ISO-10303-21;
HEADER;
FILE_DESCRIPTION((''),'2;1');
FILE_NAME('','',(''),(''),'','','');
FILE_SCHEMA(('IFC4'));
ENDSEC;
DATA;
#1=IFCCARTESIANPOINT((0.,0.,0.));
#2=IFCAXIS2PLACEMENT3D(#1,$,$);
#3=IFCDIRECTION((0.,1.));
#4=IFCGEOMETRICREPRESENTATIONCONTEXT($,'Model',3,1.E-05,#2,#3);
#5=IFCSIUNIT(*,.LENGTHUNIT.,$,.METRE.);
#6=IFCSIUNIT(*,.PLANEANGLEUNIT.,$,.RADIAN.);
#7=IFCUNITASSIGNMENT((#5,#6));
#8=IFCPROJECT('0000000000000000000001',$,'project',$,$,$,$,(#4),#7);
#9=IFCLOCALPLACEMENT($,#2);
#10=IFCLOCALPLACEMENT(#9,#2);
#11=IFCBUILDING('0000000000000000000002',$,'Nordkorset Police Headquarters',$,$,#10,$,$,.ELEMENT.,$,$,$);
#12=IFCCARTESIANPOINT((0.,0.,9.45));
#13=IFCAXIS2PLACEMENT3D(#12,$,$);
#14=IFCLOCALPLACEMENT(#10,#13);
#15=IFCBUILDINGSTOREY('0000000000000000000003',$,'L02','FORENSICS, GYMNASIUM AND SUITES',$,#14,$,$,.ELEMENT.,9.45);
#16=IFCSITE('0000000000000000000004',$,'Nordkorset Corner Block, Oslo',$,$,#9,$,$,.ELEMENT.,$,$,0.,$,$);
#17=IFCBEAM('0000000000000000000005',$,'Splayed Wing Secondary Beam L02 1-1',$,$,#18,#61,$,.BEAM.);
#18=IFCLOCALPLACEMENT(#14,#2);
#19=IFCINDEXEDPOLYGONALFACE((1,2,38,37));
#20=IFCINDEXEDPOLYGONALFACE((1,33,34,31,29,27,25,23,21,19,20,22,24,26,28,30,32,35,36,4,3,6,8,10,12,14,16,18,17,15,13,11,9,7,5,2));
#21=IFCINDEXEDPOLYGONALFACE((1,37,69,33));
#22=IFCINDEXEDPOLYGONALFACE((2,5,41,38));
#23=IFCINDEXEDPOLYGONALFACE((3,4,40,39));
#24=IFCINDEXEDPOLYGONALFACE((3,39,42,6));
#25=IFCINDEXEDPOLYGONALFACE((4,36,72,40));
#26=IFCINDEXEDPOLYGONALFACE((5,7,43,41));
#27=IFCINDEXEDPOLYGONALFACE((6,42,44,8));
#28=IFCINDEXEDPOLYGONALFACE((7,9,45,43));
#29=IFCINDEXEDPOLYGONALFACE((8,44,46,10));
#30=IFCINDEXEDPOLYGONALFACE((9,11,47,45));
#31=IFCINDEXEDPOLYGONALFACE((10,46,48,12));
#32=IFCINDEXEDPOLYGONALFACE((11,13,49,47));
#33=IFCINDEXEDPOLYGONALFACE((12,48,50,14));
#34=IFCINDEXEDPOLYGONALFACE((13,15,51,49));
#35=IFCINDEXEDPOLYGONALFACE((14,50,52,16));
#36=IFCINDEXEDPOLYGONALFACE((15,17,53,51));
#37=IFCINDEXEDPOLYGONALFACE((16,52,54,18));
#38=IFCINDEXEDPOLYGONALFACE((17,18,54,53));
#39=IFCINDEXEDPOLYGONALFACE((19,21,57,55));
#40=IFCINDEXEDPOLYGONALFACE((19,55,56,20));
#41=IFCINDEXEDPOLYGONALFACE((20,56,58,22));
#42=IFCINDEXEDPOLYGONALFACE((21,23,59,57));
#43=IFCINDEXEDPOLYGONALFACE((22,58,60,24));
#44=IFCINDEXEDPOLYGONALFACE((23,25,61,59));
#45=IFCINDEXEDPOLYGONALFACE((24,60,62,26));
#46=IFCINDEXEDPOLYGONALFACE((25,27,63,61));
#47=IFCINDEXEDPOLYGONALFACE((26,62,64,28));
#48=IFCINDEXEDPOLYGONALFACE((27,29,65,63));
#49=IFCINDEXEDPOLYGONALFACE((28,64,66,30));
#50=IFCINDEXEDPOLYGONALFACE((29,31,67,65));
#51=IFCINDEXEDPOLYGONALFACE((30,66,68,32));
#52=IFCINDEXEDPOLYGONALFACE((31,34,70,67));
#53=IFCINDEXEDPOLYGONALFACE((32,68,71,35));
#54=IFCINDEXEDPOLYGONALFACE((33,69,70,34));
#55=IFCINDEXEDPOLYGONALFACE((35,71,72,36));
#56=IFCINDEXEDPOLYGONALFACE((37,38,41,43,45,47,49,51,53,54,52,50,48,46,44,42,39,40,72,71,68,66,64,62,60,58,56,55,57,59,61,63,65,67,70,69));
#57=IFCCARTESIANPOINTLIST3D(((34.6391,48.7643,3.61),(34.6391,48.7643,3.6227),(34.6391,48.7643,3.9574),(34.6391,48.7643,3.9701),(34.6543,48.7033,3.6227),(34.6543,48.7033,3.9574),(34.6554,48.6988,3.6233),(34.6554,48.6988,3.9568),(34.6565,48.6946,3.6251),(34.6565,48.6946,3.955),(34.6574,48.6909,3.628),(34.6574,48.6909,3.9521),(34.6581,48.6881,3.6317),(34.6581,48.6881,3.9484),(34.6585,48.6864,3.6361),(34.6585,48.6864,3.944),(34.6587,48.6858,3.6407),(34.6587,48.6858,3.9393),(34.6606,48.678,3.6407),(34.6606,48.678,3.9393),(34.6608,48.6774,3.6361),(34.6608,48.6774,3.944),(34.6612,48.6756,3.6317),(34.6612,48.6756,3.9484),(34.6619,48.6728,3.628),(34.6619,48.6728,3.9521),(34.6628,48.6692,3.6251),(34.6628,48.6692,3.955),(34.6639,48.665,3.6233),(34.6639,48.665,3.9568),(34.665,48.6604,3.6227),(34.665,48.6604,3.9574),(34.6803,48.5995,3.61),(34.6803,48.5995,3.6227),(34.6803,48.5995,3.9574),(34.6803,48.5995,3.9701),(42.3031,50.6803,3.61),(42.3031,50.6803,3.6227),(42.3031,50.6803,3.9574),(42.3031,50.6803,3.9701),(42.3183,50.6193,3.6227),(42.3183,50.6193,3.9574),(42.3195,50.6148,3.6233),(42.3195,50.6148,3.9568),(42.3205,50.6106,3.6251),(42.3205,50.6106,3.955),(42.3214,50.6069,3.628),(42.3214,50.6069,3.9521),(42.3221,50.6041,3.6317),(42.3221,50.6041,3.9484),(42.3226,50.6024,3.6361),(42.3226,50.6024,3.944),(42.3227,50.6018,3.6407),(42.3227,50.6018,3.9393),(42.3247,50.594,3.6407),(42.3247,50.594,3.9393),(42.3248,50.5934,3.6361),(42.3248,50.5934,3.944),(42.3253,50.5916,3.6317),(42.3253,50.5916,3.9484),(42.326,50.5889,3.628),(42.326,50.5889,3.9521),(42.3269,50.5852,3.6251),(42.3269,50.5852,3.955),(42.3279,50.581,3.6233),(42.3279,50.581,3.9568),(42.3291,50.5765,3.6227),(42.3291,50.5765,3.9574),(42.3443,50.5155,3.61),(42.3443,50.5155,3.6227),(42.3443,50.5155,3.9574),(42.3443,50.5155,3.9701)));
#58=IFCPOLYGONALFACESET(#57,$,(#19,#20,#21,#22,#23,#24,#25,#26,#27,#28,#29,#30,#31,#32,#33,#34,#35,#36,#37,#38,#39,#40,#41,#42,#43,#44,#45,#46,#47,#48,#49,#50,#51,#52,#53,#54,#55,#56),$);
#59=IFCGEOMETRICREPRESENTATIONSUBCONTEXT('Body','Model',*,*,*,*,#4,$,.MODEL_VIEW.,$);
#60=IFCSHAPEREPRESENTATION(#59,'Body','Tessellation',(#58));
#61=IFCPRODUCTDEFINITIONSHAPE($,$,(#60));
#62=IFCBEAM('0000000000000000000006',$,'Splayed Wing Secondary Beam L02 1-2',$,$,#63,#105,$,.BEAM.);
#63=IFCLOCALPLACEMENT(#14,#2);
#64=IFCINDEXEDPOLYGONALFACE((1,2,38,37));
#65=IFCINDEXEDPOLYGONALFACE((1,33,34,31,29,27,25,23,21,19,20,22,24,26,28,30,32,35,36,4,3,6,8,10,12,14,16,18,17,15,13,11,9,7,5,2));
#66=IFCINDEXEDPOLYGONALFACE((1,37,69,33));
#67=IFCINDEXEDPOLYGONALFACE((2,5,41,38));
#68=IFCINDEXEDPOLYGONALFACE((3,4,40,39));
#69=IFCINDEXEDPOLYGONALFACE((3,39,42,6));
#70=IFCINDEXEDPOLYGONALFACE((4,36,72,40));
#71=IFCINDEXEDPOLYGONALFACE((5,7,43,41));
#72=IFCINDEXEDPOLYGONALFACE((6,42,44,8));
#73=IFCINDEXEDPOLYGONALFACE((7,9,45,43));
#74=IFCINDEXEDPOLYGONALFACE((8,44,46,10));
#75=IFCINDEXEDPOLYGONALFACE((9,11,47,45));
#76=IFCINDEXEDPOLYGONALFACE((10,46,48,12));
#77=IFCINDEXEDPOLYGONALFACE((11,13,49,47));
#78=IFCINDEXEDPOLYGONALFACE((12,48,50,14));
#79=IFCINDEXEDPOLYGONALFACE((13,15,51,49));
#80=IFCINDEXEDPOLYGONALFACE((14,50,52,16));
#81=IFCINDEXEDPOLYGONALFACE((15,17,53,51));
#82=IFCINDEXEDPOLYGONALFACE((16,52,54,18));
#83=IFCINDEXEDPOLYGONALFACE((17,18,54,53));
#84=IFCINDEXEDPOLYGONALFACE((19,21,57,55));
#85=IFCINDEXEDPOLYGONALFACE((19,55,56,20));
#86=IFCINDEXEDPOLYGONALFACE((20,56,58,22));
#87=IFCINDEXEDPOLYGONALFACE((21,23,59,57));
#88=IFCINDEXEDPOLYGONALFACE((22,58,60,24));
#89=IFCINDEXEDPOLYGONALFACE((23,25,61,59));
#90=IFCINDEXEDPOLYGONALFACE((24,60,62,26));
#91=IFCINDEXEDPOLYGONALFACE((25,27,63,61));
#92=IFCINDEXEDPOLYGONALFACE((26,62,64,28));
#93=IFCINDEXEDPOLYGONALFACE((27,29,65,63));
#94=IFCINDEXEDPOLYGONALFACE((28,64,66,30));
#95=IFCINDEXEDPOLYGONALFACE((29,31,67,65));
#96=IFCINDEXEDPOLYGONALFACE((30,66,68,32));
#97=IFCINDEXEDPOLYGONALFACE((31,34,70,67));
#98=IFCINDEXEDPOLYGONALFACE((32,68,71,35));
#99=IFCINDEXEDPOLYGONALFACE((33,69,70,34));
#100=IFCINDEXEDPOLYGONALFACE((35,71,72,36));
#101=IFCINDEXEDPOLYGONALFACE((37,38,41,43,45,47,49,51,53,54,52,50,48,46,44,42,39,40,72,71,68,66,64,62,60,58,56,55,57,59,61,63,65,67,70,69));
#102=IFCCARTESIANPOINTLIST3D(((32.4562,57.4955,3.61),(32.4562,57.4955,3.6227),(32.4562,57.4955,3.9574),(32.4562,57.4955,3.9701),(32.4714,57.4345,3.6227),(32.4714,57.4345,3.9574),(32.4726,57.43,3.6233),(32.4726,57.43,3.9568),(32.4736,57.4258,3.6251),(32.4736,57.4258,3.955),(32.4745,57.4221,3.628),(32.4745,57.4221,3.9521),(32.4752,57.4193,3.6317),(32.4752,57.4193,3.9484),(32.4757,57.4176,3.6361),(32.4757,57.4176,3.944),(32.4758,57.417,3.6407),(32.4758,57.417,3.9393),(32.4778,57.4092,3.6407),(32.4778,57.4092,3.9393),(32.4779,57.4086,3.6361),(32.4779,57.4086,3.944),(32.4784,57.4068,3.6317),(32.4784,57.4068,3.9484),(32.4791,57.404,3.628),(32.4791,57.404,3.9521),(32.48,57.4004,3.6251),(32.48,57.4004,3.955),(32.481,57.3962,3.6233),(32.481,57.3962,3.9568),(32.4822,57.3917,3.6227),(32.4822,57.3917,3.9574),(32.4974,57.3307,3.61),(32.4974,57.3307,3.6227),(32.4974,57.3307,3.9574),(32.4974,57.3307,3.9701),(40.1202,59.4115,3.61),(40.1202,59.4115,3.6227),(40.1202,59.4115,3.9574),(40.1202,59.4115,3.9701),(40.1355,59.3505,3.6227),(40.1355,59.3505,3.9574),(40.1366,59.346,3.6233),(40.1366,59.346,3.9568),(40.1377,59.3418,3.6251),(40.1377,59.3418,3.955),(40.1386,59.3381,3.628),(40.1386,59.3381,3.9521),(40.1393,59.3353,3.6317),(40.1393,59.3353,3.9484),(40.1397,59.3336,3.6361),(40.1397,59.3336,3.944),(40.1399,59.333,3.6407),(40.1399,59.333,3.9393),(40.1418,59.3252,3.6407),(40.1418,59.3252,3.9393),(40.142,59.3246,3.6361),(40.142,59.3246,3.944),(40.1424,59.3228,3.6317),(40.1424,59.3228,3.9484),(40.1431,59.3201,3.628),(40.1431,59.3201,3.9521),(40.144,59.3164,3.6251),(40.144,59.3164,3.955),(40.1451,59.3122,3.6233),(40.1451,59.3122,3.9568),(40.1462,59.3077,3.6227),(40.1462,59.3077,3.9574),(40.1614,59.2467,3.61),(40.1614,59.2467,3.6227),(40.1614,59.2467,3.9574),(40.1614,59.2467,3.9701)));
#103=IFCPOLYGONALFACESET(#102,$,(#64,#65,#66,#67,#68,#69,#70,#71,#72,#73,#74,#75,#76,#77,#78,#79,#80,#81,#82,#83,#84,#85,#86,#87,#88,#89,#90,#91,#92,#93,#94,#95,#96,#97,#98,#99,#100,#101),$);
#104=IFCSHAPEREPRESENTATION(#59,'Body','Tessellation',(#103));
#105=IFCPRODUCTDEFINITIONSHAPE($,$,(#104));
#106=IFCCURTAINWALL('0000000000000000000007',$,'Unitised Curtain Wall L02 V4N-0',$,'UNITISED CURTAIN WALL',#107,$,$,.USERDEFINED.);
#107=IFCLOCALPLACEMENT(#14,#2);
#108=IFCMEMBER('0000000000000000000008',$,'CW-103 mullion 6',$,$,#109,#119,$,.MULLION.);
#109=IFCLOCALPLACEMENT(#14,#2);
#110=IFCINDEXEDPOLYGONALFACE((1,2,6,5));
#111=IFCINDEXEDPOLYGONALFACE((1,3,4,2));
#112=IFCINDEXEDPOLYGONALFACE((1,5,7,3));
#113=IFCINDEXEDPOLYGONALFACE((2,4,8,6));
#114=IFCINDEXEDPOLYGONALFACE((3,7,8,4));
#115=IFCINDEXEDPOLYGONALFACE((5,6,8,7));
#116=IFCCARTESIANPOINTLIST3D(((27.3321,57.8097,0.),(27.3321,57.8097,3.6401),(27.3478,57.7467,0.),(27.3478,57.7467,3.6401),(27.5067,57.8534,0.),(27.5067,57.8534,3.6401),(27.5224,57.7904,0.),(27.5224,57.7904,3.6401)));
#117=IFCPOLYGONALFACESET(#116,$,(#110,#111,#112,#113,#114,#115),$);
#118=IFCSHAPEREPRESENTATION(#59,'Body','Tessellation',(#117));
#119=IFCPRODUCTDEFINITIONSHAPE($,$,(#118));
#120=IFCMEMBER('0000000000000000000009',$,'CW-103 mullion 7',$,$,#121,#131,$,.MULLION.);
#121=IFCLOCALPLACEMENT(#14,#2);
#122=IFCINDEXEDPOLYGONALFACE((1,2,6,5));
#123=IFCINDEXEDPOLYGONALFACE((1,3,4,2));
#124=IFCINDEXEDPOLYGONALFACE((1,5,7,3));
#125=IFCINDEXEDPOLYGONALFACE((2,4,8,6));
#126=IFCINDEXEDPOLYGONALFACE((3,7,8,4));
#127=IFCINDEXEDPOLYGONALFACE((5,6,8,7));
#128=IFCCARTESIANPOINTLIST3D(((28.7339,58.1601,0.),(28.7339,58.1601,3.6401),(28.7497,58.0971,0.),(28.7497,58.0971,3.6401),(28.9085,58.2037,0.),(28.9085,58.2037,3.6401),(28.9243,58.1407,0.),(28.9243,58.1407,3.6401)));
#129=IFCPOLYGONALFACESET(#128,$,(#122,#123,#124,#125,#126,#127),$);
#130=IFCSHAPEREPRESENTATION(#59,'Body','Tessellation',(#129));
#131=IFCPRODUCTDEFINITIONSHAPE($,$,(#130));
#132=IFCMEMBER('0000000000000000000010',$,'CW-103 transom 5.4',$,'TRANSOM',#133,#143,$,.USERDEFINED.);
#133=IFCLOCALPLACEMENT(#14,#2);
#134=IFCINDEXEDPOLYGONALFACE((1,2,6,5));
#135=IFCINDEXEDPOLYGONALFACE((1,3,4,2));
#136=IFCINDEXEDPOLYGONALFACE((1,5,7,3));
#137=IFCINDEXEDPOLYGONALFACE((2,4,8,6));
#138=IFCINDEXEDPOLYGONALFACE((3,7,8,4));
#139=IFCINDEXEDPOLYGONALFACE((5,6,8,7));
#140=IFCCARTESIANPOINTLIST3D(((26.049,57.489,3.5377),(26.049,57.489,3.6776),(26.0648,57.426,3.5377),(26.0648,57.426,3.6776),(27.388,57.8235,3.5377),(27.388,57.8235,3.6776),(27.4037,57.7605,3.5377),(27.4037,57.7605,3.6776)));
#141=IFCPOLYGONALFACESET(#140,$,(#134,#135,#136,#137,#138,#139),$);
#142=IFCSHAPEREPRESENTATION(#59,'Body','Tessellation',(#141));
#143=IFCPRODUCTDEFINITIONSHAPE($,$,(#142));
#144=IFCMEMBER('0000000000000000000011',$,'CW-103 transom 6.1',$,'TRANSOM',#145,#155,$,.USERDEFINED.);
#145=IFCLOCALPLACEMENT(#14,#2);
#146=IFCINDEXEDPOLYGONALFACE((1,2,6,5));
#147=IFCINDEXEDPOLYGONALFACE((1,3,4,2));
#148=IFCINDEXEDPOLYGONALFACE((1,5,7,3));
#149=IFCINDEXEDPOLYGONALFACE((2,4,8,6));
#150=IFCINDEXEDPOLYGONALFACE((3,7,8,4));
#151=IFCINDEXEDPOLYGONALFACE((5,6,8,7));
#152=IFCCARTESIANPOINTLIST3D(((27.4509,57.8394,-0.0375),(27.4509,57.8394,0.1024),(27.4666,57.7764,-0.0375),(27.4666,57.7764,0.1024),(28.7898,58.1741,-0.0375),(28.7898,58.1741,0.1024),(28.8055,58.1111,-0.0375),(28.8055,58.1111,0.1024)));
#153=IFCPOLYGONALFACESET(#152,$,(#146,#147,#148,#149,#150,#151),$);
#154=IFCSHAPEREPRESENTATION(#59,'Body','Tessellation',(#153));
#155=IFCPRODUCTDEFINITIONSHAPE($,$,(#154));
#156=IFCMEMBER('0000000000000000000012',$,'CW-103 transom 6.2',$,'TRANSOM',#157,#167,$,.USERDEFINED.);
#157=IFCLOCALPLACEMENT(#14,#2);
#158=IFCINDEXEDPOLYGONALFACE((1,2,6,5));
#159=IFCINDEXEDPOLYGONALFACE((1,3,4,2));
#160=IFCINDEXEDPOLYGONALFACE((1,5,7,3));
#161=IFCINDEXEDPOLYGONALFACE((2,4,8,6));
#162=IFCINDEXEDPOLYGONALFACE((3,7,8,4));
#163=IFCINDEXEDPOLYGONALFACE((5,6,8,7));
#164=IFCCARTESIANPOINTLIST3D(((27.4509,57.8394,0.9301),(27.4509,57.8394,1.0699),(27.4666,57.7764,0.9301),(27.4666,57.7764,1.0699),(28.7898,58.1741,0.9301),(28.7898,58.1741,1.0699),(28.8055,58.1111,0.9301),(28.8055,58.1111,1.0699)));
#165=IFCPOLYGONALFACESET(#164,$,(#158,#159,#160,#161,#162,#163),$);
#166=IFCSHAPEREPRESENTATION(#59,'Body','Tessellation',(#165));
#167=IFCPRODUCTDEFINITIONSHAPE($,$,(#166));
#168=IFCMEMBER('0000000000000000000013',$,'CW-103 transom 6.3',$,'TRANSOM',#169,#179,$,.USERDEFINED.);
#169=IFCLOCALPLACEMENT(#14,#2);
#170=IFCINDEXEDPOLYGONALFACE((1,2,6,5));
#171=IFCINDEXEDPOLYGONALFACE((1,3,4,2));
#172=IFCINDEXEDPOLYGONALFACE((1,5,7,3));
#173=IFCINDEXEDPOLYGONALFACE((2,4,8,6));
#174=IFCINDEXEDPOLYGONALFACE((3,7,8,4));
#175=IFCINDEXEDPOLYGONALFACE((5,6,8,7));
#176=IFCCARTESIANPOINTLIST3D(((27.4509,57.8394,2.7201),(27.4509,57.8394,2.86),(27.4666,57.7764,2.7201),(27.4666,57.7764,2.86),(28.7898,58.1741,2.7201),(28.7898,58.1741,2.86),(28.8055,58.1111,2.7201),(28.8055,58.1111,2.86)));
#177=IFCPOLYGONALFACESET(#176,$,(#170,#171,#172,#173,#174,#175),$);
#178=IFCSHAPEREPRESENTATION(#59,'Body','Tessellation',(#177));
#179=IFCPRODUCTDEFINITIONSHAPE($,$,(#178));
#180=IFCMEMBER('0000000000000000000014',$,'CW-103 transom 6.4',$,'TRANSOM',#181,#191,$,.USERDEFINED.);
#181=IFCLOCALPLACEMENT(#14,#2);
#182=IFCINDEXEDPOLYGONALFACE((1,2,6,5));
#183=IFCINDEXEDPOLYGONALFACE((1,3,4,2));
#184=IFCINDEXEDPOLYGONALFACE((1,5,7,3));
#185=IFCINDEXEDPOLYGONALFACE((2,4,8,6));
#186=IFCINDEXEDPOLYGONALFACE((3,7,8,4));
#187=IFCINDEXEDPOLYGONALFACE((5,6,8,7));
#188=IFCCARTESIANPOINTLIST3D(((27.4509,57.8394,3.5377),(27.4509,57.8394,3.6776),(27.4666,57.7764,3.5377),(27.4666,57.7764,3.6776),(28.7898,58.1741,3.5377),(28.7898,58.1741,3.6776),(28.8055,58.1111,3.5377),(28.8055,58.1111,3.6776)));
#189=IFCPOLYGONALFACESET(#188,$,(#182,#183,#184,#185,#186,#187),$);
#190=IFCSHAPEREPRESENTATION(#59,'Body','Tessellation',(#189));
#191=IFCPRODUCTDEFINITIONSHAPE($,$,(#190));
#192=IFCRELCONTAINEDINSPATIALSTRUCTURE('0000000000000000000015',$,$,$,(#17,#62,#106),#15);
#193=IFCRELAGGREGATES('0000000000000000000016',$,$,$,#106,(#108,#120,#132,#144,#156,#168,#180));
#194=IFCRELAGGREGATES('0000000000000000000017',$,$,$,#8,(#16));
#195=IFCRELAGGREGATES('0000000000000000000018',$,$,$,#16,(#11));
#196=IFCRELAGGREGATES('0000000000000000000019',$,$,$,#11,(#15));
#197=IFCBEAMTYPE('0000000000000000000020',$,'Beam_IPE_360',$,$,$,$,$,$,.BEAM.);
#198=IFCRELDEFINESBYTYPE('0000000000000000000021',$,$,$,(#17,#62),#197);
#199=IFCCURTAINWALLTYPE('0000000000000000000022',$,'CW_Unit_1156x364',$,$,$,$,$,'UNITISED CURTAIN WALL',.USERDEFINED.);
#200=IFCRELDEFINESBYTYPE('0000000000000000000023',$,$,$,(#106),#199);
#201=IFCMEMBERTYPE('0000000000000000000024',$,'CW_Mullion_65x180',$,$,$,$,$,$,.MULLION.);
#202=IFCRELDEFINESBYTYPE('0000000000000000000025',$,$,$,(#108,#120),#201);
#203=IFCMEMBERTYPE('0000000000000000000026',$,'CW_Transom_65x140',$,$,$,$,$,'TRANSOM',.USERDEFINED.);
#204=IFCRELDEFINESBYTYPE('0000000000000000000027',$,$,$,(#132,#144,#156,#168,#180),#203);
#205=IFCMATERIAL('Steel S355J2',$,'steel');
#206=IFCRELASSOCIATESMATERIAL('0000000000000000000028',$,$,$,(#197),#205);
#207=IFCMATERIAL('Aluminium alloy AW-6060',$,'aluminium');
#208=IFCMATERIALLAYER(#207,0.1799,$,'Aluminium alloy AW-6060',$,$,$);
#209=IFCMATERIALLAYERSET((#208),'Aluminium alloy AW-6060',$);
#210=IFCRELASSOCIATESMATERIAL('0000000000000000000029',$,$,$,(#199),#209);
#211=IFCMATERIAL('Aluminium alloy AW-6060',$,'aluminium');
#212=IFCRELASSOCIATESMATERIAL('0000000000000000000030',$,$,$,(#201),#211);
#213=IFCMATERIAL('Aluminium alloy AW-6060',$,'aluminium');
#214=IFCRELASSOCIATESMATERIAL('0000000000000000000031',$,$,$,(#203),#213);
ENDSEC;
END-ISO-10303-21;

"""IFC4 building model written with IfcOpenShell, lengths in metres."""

from ifc_helpers import new_model, si_unit, direction, frame, origin, origin_2d, place, context, subcontext, project, spatial, rectangle, i_section, extrude, material, layer, layer_set, material_profile, profile_set, type_object, element, aggregate, save


model = new_model("IFC4")

# Units and contexts
model_context = context("Model", 3, precision=1e-05, world=origin(), true_north=direction((0.0, 1.0)))
body_context = subcontext(model_context, "Body", "Model", "MODEL_VIEW")
ifc_project = project(units=[si_unit("LENGTHUNIT", "METRE"), si_unit("PLANEANGLEUNIT", "RADIAN")], contexts=[model_context])

# Site, building, storey
site_placement = place(None, origin())
site = spatial("IfcSite", under=ifc_project, at=site_placement, Name="Nordkorset Corner Block, Oslo", CompositionType="ELEMENT", RefElevation=0.0)
building_placement = place(site_placement, origin())
building = spatial("IfcBuilding", under=site, at=building_placement, Name="Nordkorset Police Headquarters", CompositionType="ELEMENT")
storey_placement = place(building_placement, frame((0.0, 0.0, 9.45)))
storey = spatial("IfcBuildingStorey", under=building, at=storey_placement, Name="L02", Description="FORENSICS, GYMNASIUM AND SUITES", CompositionType="ELEMENT", Elevation=9.45)

# Beams
ifc_material_1 = material(Name="Steel S355J2", Category="steel")
ifc_material_profile_1 = material_profile(ifc_material_1, i_section(OverallWidth=0.1699, OverallDepth=0.3601, WebThickness=0.0081, FlangeThickness=0.0127, FilletRadius=0.0181, at=origin_2d()), Name="IPE 360")
ifc_profile_set_1 = profile_set([ifc_material_profile_1], Name="Steel S355J2")
beam_type = type_object("IfcBeamType", Name="Beam_IPE_360", PredefinedType="BEAM", material=ifc_profile_set_1)
for number, where, z_axis, x_axis, name in (
    (1, (34.6597, 48.6819, 3.79), (0.970143, 0.242536, 0.0), (-0.242536, 0.970143, 0.0), "Splayed Wing Secondary Beam L02 1-1"),
    (2, (32.4768, 57.4131, 3.79), (0.970143, 0.242536, 0.0), (-0.242536, 0.970143, 0.0), "Splayed Wing Secondary Beam L02 1-2"),
):
    element("IfcBeam", number, at=place(storey_placement, frame(where, z_axis=z_axis, x_axis=x_axis)), inside=storey, type_object=beam_type, Name=name, PredefinedType="BEAM", context=body_context, shape_type="SweptSolid", body=[
        extrude(i_section(OverallWidth=0.1699, OverallDepth=0.3601, WebThickness=0.0081, FlangeThickness=0.0127, FilletRadius=0.0181, at=origin_2d()), origin(), (0.0, 0.0, 1.0), 7.8999),
    ])

# Curtain wall, members
ifc_material_2 = material(Name="Aluminium alloy AW-6060", Category="aluminium")
ifc_layer_1 = layer(ifc_material_2, 0.1799, Name="Aluminium alloy AW-6060")
ifc_layer_set_1 = layer_set([ifc_layer_1], Name="Aluminium alloy AW-6060")
curtain_wall_type = type_object("IfcCurtainWallType", Name="CW_Unit_1156x364", ElementType="UNITISED CURTAIN WALL", PredefinedType="USERDEFINED", material=ifc_layer_set_1)
curtain_wall_placement = place(storey_placement, origin())
curtain_wall = element("IfcCurtainWall", 3, at=curtain_wall_placement, inside=storey, type_object=curtain_wall_type, Name="Unitised Curtain Wall L02 V4N-0", ObjectType="UNITISED CURTAIN WALL", PredefinedType="USERDEFINED")
ifc_material_3 = material(Name="Aluminium alloy AW-6060", Category="aluminium")
ifc_material_profile_2 = material_profile(ifc_material_3, rectangle(XDim=0.0649, YDim=0.1799, at=origin_2d()), Name="ALU MULL 65x180")
ifc_profile_set_2 = profile_set([ifc_material_profile_2], Name="Aluminium alloy AW-6060")
member_type_1 = type_object("IfcMemberType", Name="CW_Mullion_65x180", PredefinedType="MULLION", material=ifc_profile_set_2)
member_1_placement = place(storey_placement, frame((27.4272, 57.8, 0.0), z_axis=(0.0, 0.0, 1.0), x_axis=(-0.242536, 0.970142, 0.0)))
member_1 = element("IfcMember", 4, at=member_1_placement, type_object=member_type_1, Name="CW-103 mullion 6", PredefinedType="MULLION", context=body_context, shape_type="SweptSolid", body=[
    extrude(rectangle(XDim=0.0649, YDim=0.1799, at=origin_2d()), origin(), (0.0, 0.0, 1.0), 3.6401),
])
member_2_placement = place(storey_placement, frame((28.8291, 58.1504, 0.0), z_axis=(0.0, 0.0, 1.0), x_axis=(-0.242536, 0.970142, 0.0)))
member_2 = element("IfcMember", 5, at=member_2_placement, type_object=member_type_1, Name="CW-103 mullion 7", PredefinedType="MULLION", context=body_context, shape_type="SweptSolid", body=[
    extrude(rectangle(XDim=0.0649, YDim=0.1799, at=origin_2d()), origin(), (0.0, 0.0, 1.0), 3.6401),
])
ifc_material_4 = material(Name="Aluminium alloy AW-6060", Category="aluminium")
ifc_material_profile_3 = material_profile(ifc_material_4, rectangle(XDim=0.0649, YDim=0.1399, at=origin_2d()), Name="ALU TRAN 65x140")
ifc_profile_set_3 = profile_set([ifc_material_profile_3], Name="Aluminium alloy AW-6060")
member_type_2 = type_object("IfcMemberType", Name="CW_Transom_65x140", ElementType="TRANSOM", PredefinedType="USERDEFINED", material=ifc_profile_set_3)
member_3_placement = place(storey_placement, frame((26.0569, 57.4575, 3.6077), z_axis=(0.970184, 0.242369, 0.0), x_axis=(-0.242369, 0.970184, 0.0)))
member_3 = element("IfcMember", 6, at=member_3_placement, type_object=member_type_2, Name="CW-103 transom 5.4", ObjectType="TRANSOM", PredefinedType="USERDEFINED", context=body_context, shape_type="SweptSolid", body=[
    extrude(rectangle(XDim=0.0649, YDim=0.1399, at=origin_2d()), origin(), (0.0, 0.0, 1.0), 1.3801),
])
member_4_placement = place(storey_placement, frame((27.4587, 57.8079, 0.0325), z_axis=(0.970143, 0.242536, 0.0), x_axis=(-0.242536, 0.970143, 0.0)))
member_4 = element("IfcMember", 7, at=member_4_placement, type_object=member_type_2, Name="CW-103 transom 6.1", ObjectType="TRANSOM", PredefinedType="USERDEFINED", context=body_context, shape_type="SweptSolid", body=[
    extrude(rectangle(XDim=0.0649, YDim=0.1399, at=origin_2d()), origin(), (0.0, 0.0, 1.0), 1.3801),
])
member_5_placement = place(storey_placement, frame((27.4587, 57.8079, 1.0), z_axis=(0.970143, 0.242536, 0.0), x_axis=(-0.242536, 0.970143, 0.0)))
member_5 = element("IfcMember", 8, at=member_5_placement, type_object=member_type_2, Name="CW-103 transom 6.2", ObjectType="TRANSOM", PredefinedType="USERDEFINED", context=body_context, shape_type="SweptSolid", body=[
    extrude(rectangle(XDim=0.0649, YDim=0.1399, at=origin_2d()), origin(), (0.0, 0.0, 1.0), 1.3801),
])
member_6_placement = place(storey_placement, frame((27.4587, 57.8079, 2.79), z_axis=(0.970143, 0.242536, 0.0), x_axis=(-0.242536, 0.970143, 0.0)))
member_6 = element("IfcMember", 9, at=member_6_placement, type_object=member_type_2, Name="CW-103 transom 6.3", ObjectType="TRANSOM", PredefinedType="USERDEFINED", context=body_context, shape_type="SweptSolid", body=[
    extrude(rectangle(XDim=0.0649, YDim=0.1399, at=origin_2d()), origin(), (0.0, 0.0, 1.0), 1.3801),
])
member_7_placement = place(storey_placement, frame((27.4587, 57.8079, 3.6077), z_axis=(0.970143, 0.242536, 0.0), x_axis=(-0.242536, 0.970143, 0.0)))
member_7 = element("IfcMember", 10, at=member_7_placement, type_object=member_type_2, Name="CW-103 transom 6.4", ObjectType="TRANSOM", PredefinedType="USERDEFINED", context=body_context, shape_type="SweptSolid", body=[
    extrude(rectangle(XDim=0.0649, YDim=0.1399, at=origin_2d()), origin(), (0.0, 0.0, 1.0), 1.3801),
])
aggregate(curtain_wall, [member_1, member_2, member_3, member_4, member_5, member_6, member_7])

save(model, "model.ifc")
